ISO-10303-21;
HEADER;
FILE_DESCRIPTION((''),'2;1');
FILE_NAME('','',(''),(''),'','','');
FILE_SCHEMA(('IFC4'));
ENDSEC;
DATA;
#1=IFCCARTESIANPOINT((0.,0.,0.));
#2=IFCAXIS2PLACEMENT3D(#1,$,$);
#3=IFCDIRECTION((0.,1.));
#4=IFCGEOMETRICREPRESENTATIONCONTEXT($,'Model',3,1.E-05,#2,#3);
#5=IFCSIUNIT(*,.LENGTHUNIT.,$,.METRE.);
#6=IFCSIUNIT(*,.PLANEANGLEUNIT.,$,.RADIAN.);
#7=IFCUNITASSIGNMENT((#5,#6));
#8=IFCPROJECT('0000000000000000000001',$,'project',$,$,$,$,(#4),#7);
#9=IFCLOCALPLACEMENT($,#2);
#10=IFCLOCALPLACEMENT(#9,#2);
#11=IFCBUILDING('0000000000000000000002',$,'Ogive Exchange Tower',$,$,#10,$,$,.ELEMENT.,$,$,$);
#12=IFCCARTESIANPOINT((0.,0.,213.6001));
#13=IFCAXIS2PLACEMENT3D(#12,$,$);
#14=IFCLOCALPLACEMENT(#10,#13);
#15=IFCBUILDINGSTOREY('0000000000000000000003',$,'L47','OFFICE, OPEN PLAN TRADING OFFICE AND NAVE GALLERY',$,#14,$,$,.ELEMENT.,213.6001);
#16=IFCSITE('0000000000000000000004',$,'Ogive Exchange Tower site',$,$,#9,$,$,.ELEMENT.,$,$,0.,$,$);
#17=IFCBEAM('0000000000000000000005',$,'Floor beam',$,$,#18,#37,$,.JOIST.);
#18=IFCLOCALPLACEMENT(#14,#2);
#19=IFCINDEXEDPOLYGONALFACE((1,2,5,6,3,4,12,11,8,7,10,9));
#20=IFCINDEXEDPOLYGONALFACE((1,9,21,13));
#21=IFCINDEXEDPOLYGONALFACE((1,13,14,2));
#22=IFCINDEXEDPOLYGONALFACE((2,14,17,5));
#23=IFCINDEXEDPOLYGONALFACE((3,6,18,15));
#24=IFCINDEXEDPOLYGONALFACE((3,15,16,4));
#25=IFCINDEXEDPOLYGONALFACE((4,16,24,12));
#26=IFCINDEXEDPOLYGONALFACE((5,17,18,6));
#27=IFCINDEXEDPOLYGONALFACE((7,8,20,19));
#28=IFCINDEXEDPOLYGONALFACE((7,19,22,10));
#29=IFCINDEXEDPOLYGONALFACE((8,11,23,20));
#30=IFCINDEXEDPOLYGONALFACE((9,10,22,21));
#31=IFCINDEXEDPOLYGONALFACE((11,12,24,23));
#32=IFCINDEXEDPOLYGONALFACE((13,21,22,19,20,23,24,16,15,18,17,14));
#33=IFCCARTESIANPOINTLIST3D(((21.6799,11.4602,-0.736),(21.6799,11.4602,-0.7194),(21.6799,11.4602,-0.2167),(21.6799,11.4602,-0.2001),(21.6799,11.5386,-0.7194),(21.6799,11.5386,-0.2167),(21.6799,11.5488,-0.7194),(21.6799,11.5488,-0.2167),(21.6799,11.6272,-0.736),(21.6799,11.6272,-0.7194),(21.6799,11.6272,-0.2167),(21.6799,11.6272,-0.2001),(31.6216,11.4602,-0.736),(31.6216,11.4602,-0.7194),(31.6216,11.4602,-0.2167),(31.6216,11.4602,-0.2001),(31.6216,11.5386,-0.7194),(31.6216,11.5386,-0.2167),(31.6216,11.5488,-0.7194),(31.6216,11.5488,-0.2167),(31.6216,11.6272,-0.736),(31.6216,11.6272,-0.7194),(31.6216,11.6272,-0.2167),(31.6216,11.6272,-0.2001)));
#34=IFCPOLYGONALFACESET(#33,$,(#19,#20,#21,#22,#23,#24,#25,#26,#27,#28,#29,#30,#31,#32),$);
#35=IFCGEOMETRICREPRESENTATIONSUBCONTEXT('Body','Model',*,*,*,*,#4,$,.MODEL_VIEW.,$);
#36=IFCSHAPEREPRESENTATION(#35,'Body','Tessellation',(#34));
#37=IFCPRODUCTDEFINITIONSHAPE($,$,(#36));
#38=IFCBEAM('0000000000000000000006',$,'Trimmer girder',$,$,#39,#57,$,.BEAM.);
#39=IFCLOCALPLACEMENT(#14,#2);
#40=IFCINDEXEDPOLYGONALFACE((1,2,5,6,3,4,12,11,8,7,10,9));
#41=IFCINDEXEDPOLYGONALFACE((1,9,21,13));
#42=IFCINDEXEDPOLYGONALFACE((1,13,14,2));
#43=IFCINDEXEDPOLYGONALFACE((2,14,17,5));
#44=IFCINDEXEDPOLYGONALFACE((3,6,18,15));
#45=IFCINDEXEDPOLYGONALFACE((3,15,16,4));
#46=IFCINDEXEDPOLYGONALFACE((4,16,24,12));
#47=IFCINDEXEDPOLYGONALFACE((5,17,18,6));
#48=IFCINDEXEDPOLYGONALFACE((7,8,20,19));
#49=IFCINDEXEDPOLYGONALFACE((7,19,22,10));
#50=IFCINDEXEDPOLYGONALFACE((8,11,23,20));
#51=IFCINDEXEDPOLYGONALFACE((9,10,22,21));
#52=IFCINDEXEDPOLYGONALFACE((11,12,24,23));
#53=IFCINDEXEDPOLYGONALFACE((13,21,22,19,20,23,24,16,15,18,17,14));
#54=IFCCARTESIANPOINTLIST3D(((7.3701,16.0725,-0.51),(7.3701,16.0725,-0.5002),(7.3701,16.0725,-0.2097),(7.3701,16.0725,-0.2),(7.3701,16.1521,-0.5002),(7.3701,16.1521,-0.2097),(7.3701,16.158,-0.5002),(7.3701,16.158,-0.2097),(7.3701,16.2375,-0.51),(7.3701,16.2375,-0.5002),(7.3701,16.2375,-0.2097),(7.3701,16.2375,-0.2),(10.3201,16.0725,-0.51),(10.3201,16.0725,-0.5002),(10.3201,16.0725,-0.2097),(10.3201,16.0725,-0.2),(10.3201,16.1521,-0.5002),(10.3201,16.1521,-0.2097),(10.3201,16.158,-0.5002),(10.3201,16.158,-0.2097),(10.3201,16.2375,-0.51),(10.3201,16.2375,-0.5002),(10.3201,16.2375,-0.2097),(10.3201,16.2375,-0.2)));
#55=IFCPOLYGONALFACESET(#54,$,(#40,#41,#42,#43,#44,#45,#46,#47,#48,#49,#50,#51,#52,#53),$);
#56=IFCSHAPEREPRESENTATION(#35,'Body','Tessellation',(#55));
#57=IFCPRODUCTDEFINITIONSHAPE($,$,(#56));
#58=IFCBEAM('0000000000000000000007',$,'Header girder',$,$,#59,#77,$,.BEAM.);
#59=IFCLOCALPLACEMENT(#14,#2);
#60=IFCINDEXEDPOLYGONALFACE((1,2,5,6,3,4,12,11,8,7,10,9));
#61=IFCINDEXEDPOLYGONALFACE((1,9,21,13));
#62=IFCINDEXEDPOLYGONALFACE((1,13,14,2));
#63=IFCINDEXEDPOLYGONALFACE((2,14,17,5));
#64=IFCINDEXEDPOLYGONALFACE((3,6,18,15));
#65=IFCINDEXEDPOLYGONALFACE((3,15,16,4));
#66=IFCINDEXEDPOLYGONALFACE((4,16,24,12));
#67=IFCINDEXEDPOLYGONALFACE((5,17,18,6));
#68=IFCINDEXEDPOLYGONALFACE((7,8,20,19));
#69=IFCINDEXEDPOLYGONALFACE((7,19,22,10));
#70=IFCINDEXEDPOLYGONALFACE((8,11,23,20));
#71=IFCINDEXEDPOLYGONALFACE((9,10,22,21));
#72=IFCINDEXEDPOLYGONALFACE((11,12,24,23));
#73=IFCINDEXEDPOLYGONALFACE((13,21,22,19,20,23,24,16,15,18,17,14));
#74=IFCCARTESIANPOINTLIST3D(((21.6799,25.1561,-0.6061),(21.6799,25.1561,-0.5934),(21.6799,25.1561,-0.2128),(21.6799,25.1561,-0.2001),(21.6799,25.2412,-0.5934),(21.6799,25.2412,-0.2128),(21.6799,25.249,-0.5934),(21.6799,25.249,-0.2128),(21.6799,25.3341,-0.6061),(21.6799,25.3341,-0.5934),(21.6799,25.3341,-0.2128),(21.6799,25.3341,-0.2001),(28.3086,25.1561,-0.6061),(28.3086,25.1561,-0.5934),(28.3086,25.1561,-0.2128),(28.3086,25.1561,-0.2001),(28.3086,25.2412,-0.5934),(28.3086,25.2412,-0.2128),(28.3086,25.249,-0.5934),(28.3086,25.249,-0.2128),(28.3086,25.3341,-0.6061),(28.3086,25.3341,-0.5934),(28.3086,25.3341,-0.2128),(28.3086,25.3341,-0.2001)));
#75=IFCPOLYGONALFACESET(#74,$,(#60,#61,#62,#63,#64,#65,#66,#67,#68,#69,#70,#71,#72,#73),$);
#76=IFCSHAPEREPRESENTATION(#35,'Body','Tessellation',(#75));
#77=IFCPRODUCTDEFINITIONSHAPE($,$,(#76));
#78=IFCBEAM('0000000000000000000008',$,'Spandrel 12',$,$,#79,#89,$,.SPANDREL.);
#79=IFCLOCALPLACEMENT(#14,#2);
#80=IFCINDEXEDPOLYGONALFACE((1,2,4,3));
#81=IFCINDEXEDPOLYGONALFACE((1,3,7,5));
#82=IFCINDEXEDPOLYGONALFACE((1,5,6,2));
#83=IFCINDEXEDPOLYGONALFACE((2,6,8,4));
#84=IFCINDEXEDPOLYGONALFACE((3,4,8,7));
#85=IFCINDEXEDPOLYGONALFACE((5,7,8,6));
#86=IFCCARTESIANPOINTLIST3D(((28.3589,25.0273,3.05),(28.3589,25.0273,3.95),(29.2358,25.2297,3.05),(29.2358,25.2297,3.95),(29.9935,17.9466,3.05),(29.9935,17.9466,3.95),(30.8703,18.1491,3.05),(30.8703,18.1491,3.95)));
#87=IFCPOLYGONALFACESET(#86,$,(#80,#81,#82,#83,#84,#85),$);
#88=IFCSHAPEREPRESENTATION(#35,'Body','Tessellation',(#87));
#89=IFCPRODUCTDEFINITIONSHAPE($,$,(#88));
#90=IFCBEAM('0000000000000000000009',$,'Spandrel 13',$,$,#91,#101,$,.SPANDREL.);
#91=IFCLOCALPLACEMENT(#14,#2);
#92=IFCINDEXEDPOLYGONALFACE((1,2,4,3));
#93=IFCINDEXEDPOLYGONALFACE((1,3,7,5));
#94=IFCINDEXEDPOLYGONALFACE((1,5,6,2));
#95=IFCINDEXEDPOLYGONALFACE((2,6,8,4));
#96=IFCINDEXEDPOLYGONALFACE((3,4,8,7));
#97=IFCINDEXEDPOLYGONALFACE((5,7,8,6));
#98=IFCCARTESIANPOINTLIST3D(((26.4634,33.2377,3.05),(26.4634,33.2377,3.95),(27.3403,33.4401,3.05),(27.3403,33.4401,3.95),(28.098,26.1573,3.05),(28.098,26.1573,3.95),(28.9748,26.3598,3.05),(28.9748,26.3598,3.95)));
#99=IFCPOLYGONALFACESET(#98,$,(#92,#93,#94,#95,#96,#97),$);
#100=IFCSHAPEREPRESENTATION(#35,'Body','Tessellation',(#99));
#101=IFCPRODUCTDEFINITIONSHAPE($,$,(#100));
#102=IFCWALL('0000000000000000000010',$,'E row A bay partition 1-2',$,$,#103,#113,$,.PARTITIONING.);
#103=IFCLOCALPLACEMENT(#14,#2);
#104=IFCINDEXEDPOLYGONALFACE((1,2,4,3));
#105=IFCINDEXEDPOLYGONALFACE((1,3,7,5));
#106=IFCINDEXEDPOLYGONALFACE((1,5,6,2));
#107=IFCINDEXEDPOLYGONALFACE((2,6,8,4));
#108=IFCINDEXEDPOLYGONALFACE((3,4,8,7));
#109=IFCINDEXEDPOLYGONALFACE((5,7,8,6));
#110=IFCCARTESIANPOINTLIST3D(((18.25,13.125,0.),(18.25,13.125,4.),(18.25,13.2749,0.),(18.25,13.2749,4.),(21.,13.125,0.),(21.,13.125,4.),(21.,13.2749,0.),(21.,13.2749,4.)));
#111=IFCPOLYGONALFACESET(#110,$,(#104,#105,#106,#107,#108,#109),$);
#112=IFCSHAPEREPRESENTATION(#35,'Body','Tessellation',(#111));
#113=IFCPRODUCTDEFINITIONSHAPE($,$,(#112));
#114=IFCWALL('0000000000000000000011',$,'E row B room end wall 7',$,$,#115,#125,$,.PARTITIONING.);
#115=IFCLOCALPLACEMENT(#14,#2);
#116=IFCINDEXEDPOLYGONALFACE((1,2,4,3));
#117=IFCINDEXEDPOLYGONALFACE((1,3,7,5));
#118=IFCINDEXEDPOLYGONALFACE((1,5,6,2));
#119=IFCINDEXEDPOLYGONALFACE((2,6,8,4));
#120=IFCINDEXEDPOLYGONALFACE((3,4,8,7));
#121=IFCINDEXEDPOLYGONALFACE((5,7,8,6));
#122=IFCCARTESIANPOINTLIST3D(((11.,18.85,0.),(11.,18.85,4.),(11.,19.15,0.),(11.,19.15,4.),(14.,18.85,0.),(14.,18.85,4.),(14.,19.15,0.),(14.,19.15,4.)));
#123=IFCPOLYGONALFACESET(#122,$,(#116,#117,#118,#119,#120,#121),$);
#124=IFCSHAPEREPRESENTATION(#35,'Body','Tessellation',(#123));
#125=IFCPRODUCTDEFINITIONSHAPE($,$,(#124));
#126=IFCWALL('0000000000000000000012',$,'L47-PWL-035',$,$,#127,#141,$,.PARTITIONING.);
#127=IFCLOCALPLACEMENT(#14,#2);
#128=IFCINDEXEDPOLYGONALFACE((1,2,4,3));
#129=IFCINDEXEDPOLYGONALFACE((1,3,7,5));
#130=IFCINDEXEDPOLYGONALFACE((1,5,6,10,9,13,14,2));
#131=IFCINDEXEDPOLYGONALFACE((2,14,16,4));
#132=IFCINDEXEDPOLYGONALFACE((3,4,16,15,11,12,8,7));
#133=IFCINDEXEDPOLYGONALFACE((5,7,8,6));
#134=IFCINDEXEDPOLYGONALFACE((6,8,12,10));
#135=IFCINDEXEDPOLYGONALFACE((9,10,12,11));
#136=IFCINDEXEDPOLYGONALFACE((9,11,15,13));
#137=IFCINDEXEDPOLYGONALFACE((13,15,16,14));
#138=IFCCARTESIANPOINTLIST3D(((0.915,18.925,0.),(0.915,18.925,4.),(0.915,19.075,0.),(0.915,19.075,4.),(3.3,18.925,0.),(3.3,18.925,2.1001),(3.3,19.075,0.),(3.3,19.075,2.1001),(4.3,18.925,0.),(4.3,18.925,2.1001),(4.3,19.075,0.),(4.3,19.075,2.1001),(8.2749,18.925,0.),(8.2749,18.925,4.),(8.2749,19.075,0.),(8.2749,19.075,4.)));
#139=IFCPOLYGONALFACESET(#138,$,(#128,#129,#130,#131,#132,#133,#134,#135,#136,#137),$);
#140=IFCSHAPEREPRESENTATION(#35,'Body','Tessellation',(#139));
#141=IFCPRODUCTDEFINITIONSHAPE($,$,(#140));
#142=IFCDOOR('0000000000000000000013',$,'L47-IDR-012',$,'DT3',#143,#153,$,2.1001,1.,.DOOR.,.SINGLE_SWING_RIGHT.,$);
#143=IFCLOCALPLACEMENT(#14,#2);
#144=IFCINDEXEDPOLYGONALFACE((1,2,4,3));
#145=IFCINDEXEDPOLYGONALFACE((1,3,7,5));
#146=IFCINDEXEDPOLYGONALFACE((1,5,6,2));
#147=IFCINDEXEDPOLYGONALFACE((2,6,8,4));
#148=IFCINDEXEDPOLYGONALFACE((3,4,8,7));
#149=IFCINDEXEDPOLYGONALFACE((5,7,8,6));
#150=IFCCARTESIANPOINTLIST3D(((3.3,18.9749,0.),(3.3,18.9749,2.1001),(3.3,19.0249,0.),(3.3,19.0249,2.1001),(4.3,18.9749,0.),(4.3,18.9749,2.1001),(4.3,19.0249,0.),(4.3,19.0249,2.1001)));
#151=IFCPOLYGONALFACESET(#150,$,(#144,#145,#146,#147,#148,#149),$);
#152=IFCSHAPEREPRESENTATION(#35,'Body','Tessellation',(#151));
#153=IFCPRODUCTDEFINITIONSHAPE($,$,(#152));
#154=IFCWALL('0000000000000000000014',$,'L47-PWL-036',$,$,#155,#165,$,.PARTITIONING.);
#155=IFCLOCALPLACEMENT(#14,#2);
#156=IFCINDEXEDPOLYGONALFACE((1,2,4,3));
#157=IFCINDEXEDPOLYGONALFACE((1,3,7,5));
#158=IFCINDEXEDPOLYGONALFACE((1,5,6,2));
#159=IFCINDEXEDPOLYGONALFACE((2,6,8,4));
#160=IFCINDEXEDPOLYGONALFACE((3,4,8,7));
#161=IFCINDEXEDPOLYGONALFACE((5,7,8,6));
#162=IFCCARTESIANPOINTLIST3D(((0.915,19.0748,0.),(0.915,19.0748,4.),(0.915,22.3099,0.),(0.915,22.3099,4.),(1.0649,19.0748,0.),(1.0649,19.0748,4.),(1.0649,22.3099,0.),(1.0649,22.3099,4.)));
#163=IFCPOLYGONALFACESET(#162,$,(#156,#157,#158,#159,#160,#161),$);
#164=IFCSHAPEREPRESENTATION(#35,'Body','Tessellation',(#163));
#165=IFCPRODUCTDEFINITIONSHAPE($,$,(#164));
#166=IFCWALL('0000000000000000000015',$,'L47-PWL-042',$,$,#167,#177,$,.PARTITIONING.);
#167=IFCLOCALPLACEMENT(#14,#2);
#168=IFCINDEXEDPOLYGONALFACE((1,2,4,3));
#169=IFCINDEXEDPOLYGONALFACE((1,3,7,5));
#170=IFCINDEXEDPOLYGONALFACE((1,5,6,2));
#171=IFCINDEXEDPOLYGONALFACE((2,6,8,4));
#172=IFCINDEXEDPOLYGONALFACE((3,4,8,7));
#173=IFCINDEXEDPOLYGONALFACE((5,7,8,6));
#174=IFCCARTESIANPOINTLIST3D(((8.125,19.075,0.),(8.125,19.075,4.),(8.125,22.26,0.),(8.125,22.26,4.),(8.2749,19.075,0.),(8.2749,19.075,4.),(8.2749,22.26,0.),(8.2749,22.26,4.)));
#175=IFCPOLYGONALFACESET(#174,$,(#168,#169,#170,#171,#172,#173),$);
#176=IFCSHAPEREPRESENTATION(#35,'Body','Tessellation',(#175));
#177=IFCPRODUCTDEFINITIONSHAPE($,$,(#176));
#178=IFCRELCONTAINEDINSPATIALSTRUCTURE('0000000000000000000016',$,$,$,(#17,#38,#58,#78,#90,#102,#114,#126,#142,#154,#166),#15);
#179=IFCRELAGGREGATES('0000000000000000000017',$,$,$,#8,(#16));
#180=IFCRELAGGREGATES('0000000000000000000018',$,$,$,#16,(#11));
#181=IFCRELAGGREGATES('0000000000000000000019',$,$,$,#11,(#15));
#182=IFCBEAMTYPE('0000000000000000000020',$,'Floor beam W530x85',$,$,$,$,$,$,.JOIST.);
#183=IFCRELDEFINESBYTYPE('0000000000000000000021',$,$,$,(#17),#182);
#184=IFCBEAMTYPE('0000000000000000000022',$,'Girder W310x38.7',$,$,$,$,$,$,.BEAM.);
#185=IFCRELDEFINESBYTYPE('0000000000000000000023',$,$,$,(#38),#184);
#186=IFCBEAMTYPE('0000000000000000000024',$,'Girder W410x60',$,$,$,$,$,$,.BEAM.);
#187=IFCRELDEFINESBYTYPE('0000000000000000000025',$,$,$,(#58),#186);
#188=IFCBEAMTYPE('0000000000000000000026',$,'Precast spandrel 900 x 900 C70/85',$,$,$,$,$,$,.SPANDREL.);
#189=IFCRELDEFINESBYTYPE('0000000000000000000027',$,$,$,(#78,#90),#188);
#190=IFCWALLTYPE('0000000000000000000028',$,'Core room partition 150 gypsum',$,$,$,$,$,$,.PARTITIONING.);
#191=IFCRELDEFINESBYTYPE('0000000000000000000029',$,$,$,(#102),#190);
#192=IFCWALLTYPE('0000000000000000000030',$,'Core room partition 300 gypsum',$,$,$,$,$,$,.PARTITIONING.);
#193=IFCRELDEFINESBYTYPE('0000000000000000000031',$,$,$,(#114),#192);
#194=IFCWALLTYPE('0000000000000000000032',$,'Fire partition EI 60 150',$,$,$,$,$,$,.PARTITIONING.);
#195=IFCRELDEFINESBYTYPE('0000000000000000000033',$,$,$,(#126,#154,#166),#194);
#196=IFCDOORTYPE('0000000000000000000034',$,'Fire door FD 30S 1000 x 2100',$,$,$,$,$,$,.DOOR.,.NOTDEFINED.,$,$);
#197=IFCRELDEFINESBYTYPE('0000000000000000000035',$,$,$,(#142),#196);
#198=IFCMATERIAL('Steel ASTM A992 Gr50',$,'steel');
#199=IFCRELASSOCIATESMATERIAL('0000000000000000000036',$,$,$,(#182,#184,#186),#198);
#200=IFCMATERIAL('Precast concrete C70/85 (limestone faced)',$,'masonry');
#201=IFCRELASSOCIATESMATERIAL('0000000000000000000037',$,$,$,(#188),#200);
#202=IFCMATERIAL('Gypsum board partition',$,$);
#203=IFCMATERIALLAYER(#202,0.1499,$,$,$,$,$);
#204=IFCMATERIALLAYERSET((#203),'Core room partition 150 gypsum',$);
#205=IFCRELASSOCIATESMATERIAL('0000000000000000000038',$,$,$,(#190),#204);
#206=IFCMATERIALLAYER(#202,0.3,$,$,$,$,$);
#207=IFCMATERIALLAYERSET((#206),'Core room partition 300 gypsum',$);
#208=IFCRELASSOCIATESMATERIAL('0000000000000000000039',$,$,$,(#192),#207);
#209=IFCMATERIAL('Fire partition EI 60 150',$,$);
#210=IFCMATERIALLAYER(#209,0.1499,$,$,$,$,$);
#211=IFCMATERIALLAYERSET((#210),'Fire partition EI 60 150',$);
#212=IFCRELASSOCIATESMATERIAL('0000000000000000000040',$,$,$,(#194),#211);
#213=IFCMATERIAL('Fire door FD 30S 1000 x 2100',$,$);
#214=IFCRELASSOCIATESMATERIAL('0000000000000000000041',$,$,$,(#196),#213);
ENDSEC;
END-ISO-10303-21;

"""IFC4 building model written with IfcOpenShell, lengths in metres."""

from ifc_helpers import new_model, si_unit, direction, frame, frame_2d, origin, origin_2d, place, context, subcontext, project, spatial, rectangle, i_section, extrude, material, layer, layer_set, material_profile, profile_set, type_object, element, fill, save


model = new_model("IFC4")

# Units and contexts
model_context = context("Model", 3, precision=1e-05, world=origin(), true_north=direction((0.0, 1.0)))
body_context = subcontext(model_context, "Body", "Model", "MODEL_VIEW")
ifc_project = project(units=[si_unit("LENGTHUNIT", "METRE"), si_unit("PLANEANGLEUNIT", "RADIAN")], contexts=[model_context])

# Site, building, storey
site_placement = place(None, origin())
site = spatial("IfcSite", under=ifc_project, at=site_placement, Name="Ogive Exchange Tower site", CompositionType="ELEMENT", RefElevation=0.0)
building_placement = place(site_placement, origin())
building = spatial("IfcBuilding", under=site, at=building_placement, Name="Ogive Exchange Tower", CompositionType="ELEMENT")
storey_placement = place(building_placement, frame((0.0, 0.0, 213.6001)))
storey = spatial("IfcBuildingStorey", under=building, at=storey_placement, Name="L47", Description="OFFICE, OPEN PLAN TRADING OFFICE AND NAVE GALLERY", CompositionType="ELEMENT", Elevation=213.6001)

# Shared definitions
ifc_material_1 = material(Name="Precast concrete C70/85 (limestone faced)", Category="masonry")

# Beams
ifc_material_2 = material(Name="Steel ASTM A992 Gr50", Category="steel")
ifc_material_profile_1 = material_profile(ifc_material_2, i_section(OverallWidth=0.167, OverallDepth=0.5359, WebThickness=0.0103, FlangeThickness=0.0166, at=origin_2d()), Name="W530x85")
ifc_profile_set_1 = profile_set([ifc_material_profile_1], Name="Steel ASTM A992 Gr50")
beam_type_1 = type_object("IfcBeamType", Name="Floor beam W530x85", PredefinedType="JOIST", material=ifc_profile_set_1)
beam_1_placement = place(storey_placement, frame((21.6799, 11.5437, -0.468), z_axis=(1.0, 0.0, 0.0), x_axis=(0.0, 1.0, 0.0)))
element("IfcBeam", 1, at=beam_1_placement, inside=storey, type_object=beam_type_1, Name="Floor beam", PredefinedType="JOIST", context=body_context, shape_type="SweptSolid", body=[
    extrude(i_section(OverallWidth=0.167, OverallDepth=0.5359, WebThickness=0.0103, FlangeThickness=0.0166, at=origin_2d()), origin(), (0.0, 0.0, 1.0), 9.9417),
])
ifc_material_profile_2 = material_profile(ifc_material_2, i_section(OverallWidth=0.165, OverallDepth=0.3101, WebThickness=0.0059, FlangeThickness=0.0098, at=origin_2d()), Name="W310x38.7")
ifc_profile_set_2 = profile_set([ifc_material_profile_2], Name="Steel ASTM A992 Gr50")
beam_type_2 = type_object("IfcBeamType", Name="Girder W310x38.7", PredefinedType="BEAM", material=ifc_profile_set_2)
beam_2_placement = place(storey_placement, frame((7.3701, 16.155, -0.355), z_axis=(1.0, 0.0, 0.0), x_axis=(0.0, 1.0, 0.0)))
element("IfcBeam", 2, at=beam_2_placement, inside=storey, type_object=beam_type_2, Name="Trimmer girder", PredefinedType="BEAM", context=body_context, shape_type="SweptSolid", body=[
    extrude(i_section(OverallWidth=0.165, OverallDepth=0.3101, WebThickness=0.0059, FlangeThickness=0.0098, at=origin_2d()), origin(), (0.0, 0.0, 1.0), 2.95),
])
ifc_material_profile_3 = material_profile(ifc_material_2, i_section(OverallWidth=0.178, OverallDepth=0.406, WebThickness=0.0078, FlangeThickness=0.0127, at=origin_2d()), Name="W410x60")
ifc_profile_set_3 = profile_set([ifc_material_profile_3], Name="Steel ASTM A992 Gr50")
beam_type_3 = type_object("IfcBeamType", Name="Girder W410x60", PredefinedType="BEAM", material=ifc_profile_set_3)
beam_3_placement = place(storey_placement, frame((21.6799, 25.2451, -0.4031), z_axis=(1.0, 0.0, 0.0), x_axis=(0.0, 1.0, 0.0)))
element("IfcBeam", 3, at=beam_3_placement, inside=storey, type_object=beam_type_3, Name="Header girder", PredefinedType="BEAM", context=body_context, shape_type="SweptSolid", body=[
    extrude(i_section(OverallWidth=0.178, OverallDepth=0.406, WebThickness=0.0078, FlangeThickness=0.0127, at=origin_2d()), origin(), (0.0, 0.0, 1.0), 6.6287),
])
ifc_material_profile_4 = material_profile(ifc_material_1, rectangle(XDim=0.8999, YDim=0.8999, at=origin_2d()), Name="900 x 900")
ifc_profile_set_4 = profile_set([ifc_material_profile_4], Name="Precast concrete C70/85 (limestone faced)")
beam_type_4 = type_object("IfcBeamType", Name="Precast spandrel 900 x 900 C70/85", PredefinedType="SPANDREL", material=ifc_profile_set_4)
beam_4_placement = place(storey_placement, frame((30.4319, 18.0479, 3.5), z_axis=(-0.224931, 0.974375, 0.0), x_axis=(-0.974375, -0.224931, 0.0)))
element("IfcBeam", 4, at=beam_4_placement, inside=storey, type_object=beam_type_4, Name="Spandrel 12", PredefinedType="SPANDREL", context=body_context, shape_type="SweptSolid", body=[
    extrude(rectangle(XDim=0.8999, YDim=0.8999, at=origin_2d()), origin(), (0.0, 0.0, 1.0), 7.2668),
])
beam_5_placement = place(storey_placement, frame((28.5364, 26.2585, 3.5), z_axis=(-0.224938, 0.974373, 0.0), x_axis=(-0.974373, -0.224938, 0.0)))
element("IfcBeam", 5, at=beam_5_placement, inside=storey, type_object=beam_type_4, Name="Spandrel 13", PredefinedType="SPANDREL", context=body_context, shape_type="SweptSolid", body=[
    extrude(rectangle(XDim=0.8999, YDim=0.8999, at=origin_2d()), origin(), (0.0, 0.0, 1.0), 7.2666),
])

# Walls
ifc_material_3 = material(Name="Gypsum board partition")
ifc_layer_1 = layer(ifc_material_3, 0.1499)
ifc_layer_set_1 = layer_set([ifc_layer_1], Name="Core room partition 150 gypsum")
wall_type_1 = type_object("IfcWallType", Name="Core room partition 150 gypsum", PredefinedType="PARTITIONING", material=ifc_layer_set_1)
wall_1_placement = place(storey_placement, frame((18.25, 13.2, 0.0), z_axis=(0.0, 0.0, 1.0), x_axis=(1.0, 0.0, 0.0)))
element("IfcWall", 6, at=wall_1_placement, inside=storey, type_object=wall_type_1, Name="E row A bay partition 1-2", PredefinedType="PARTITIONING", context=body_context, shape_type="SweptSolid", body=[
    extrude(rectangle(XDim=2.75, YDim=0.1499, at=frame_2d((1.375, 0.0))), origin(), (0.0, 0.0, 1.0), 4.0),
])
ifc_layer_2 = layer(ifc_material_3, 0.3)
ifc_layer_set_2 = layer_set([ifc_layer_2], Name="Core room partition 300 gypsum")
wall_type_2 = type_object("IfcWallType", Name="Core room partition 300 gypsum", PredefinedType="PARTITIONING", material=ifc_layer_set_2)
wall_2_placement = place(storey_placement, frame((11.0, 19.0, 0.0), z_axis=(0.0, 0.0, 1.0), x_axis=(1.0, 0.0, 0.0)))
element("IfcWall", 7, at=wall_2_placement, inside=storey, type_object=wall_type_2, Name="E row B room end wall 7", PredefinedType="PARTITIONING", context=body_context, shape_type="SweptSolid", body=[
    extrude(rectangle(XDim=3.0, YDim=0.3, at=frame_2d((1.5, 0.0))), origin(), (0.0, 0.0, 1.0), 4.0),
])

# Wall, opening, door
ifc_material_4 = material(Name="Fire partition EI 60 150")
ifc_layer_3 = layer(ifc_material_4, 0.1499)
ifc_layer_set_3 = layer_set([ifc_layer_3], Name="Fire partition EI 60 150")
wall_type_3 = type_object("IfcWallType", Name="Fire partition EI 60 150", PredefinedType="PARTITIONING", material=ifc_layer_set_3)
wall_3_placement = place(storey_placement, frame((0.915, 19.0, 0.0), z_axis=(0.0, 0.0, 1.0), x_axis=(1.0, 0.0, 0.0)))
wall_3 = element("IfcWall", 8, at=wall_3_placement, inside=storey, type_object=wall_type_3, Name="L47-PWL-035", PredefinedType="PARTITIONING", context=body_context, shape_type="SweptSolid", body=[
    extrude(rectangle(XDim=7.3599, YDim=0.1499, at=frame_2d((3.6799, 0.0))), origin(), (0.0, 0.0, 1.0), 4.0),
])
opening_1_placement = place(wall_3_placement, frame((2.385, 0.0, 0.0)))
opening_1 = element("IfcOpeningElement", 9, at=opening_1_placement, cuts=wall_3, PredefinedType="OPENING", context=body_context, shape_type="SweptSolid", body=[
    extrude(rectangle(XDim=1.0, YDim=2.1001, at=frame_2d((0.5, 1.05))), frame((0.0, 0.085, 0.0), z_axis=(0.0, -1.0, 0.0), x_axis=(1.0, 0.0, 0.0)), (0.0, 0.0, 1.0), 0.1699),
])
ifc_material_5 = material(Name="Fire door FD 30S 1000 x 2100")
door_type_1 = type_object("IfcDoorType", Name="Fire door FD 30S 1000 x 2100", OperationType="NOTDEFINED", PredefinedType="DOOR", material=ifc_material_5)
door_1_placement = place(opening_1_placement, origin())
door_1 = element("IfcDoor", 10, at=door_1_placement, inside=storey, type_object=door_type_1, Name="L47-IDR-012", ObjectType="DT3", OperationType="SINGLE_SWING_RIGHT", OverallHeight=2.1001, OverallWidth=1.0, PredefinedType="DOOR", context=body_context, shape_type="SweptSolid", body=[
    extrude(rectangle(XDim=1.0, YDim=2.1001, at=frame_2d((0.5, 1.05))), frame((0.0, 0.0249, 0.0), z_axis=(0.0, -1.0, 0.0), x_axis=(1.0, 0.0, 0.0)), (0.0, 0.0, 1.0), 0.05),
])
fill(opening_1, door_1)

# Walls
wall_4_placement = place(storey_placement, frame((0.99, 22.3101, 0.0), z_axis=(0.0, 0.0, 1.0), x_axis=(0.0, -1.0, 0.0)))
element("IfcWall", 11, at=wall_4_placement, inside=storey, type_object=wall_type_3, Name="L47-PWL-036", PredefinedType="PARTITIONING", context=body_context, shape_type="SweptSolid", body=[
    extrude(rectangle(XDim=3.2351, YDim=0.1499, at=frame_2d((1.6177, 0.0))), origin(), (0.0, 0.0, 1.0), 4.0),
])
wall_5_placement = place(storey_placement, frame((8.2, 19.075, 0.0), z_axis=(0.0, 0.0, 1.0), x_axis=(0.0, 1.0, 0.0)))
element("IfcWall", 12, at=wall_5_placement, inside=storey, type_object=wall_type_3, Name="L47-PWL-042", PredefinedType="PARTITIONING", context=body_context, shape_type="SweptSolid", body=[
    extrude(rectangle(XDim=3.1851, YDim=0.1499, at=frame_2d((1.5925, 0.0))), origin(), (0.0, 0.0, 1.0), 4.0),
])

save(model, "model.ifc")
